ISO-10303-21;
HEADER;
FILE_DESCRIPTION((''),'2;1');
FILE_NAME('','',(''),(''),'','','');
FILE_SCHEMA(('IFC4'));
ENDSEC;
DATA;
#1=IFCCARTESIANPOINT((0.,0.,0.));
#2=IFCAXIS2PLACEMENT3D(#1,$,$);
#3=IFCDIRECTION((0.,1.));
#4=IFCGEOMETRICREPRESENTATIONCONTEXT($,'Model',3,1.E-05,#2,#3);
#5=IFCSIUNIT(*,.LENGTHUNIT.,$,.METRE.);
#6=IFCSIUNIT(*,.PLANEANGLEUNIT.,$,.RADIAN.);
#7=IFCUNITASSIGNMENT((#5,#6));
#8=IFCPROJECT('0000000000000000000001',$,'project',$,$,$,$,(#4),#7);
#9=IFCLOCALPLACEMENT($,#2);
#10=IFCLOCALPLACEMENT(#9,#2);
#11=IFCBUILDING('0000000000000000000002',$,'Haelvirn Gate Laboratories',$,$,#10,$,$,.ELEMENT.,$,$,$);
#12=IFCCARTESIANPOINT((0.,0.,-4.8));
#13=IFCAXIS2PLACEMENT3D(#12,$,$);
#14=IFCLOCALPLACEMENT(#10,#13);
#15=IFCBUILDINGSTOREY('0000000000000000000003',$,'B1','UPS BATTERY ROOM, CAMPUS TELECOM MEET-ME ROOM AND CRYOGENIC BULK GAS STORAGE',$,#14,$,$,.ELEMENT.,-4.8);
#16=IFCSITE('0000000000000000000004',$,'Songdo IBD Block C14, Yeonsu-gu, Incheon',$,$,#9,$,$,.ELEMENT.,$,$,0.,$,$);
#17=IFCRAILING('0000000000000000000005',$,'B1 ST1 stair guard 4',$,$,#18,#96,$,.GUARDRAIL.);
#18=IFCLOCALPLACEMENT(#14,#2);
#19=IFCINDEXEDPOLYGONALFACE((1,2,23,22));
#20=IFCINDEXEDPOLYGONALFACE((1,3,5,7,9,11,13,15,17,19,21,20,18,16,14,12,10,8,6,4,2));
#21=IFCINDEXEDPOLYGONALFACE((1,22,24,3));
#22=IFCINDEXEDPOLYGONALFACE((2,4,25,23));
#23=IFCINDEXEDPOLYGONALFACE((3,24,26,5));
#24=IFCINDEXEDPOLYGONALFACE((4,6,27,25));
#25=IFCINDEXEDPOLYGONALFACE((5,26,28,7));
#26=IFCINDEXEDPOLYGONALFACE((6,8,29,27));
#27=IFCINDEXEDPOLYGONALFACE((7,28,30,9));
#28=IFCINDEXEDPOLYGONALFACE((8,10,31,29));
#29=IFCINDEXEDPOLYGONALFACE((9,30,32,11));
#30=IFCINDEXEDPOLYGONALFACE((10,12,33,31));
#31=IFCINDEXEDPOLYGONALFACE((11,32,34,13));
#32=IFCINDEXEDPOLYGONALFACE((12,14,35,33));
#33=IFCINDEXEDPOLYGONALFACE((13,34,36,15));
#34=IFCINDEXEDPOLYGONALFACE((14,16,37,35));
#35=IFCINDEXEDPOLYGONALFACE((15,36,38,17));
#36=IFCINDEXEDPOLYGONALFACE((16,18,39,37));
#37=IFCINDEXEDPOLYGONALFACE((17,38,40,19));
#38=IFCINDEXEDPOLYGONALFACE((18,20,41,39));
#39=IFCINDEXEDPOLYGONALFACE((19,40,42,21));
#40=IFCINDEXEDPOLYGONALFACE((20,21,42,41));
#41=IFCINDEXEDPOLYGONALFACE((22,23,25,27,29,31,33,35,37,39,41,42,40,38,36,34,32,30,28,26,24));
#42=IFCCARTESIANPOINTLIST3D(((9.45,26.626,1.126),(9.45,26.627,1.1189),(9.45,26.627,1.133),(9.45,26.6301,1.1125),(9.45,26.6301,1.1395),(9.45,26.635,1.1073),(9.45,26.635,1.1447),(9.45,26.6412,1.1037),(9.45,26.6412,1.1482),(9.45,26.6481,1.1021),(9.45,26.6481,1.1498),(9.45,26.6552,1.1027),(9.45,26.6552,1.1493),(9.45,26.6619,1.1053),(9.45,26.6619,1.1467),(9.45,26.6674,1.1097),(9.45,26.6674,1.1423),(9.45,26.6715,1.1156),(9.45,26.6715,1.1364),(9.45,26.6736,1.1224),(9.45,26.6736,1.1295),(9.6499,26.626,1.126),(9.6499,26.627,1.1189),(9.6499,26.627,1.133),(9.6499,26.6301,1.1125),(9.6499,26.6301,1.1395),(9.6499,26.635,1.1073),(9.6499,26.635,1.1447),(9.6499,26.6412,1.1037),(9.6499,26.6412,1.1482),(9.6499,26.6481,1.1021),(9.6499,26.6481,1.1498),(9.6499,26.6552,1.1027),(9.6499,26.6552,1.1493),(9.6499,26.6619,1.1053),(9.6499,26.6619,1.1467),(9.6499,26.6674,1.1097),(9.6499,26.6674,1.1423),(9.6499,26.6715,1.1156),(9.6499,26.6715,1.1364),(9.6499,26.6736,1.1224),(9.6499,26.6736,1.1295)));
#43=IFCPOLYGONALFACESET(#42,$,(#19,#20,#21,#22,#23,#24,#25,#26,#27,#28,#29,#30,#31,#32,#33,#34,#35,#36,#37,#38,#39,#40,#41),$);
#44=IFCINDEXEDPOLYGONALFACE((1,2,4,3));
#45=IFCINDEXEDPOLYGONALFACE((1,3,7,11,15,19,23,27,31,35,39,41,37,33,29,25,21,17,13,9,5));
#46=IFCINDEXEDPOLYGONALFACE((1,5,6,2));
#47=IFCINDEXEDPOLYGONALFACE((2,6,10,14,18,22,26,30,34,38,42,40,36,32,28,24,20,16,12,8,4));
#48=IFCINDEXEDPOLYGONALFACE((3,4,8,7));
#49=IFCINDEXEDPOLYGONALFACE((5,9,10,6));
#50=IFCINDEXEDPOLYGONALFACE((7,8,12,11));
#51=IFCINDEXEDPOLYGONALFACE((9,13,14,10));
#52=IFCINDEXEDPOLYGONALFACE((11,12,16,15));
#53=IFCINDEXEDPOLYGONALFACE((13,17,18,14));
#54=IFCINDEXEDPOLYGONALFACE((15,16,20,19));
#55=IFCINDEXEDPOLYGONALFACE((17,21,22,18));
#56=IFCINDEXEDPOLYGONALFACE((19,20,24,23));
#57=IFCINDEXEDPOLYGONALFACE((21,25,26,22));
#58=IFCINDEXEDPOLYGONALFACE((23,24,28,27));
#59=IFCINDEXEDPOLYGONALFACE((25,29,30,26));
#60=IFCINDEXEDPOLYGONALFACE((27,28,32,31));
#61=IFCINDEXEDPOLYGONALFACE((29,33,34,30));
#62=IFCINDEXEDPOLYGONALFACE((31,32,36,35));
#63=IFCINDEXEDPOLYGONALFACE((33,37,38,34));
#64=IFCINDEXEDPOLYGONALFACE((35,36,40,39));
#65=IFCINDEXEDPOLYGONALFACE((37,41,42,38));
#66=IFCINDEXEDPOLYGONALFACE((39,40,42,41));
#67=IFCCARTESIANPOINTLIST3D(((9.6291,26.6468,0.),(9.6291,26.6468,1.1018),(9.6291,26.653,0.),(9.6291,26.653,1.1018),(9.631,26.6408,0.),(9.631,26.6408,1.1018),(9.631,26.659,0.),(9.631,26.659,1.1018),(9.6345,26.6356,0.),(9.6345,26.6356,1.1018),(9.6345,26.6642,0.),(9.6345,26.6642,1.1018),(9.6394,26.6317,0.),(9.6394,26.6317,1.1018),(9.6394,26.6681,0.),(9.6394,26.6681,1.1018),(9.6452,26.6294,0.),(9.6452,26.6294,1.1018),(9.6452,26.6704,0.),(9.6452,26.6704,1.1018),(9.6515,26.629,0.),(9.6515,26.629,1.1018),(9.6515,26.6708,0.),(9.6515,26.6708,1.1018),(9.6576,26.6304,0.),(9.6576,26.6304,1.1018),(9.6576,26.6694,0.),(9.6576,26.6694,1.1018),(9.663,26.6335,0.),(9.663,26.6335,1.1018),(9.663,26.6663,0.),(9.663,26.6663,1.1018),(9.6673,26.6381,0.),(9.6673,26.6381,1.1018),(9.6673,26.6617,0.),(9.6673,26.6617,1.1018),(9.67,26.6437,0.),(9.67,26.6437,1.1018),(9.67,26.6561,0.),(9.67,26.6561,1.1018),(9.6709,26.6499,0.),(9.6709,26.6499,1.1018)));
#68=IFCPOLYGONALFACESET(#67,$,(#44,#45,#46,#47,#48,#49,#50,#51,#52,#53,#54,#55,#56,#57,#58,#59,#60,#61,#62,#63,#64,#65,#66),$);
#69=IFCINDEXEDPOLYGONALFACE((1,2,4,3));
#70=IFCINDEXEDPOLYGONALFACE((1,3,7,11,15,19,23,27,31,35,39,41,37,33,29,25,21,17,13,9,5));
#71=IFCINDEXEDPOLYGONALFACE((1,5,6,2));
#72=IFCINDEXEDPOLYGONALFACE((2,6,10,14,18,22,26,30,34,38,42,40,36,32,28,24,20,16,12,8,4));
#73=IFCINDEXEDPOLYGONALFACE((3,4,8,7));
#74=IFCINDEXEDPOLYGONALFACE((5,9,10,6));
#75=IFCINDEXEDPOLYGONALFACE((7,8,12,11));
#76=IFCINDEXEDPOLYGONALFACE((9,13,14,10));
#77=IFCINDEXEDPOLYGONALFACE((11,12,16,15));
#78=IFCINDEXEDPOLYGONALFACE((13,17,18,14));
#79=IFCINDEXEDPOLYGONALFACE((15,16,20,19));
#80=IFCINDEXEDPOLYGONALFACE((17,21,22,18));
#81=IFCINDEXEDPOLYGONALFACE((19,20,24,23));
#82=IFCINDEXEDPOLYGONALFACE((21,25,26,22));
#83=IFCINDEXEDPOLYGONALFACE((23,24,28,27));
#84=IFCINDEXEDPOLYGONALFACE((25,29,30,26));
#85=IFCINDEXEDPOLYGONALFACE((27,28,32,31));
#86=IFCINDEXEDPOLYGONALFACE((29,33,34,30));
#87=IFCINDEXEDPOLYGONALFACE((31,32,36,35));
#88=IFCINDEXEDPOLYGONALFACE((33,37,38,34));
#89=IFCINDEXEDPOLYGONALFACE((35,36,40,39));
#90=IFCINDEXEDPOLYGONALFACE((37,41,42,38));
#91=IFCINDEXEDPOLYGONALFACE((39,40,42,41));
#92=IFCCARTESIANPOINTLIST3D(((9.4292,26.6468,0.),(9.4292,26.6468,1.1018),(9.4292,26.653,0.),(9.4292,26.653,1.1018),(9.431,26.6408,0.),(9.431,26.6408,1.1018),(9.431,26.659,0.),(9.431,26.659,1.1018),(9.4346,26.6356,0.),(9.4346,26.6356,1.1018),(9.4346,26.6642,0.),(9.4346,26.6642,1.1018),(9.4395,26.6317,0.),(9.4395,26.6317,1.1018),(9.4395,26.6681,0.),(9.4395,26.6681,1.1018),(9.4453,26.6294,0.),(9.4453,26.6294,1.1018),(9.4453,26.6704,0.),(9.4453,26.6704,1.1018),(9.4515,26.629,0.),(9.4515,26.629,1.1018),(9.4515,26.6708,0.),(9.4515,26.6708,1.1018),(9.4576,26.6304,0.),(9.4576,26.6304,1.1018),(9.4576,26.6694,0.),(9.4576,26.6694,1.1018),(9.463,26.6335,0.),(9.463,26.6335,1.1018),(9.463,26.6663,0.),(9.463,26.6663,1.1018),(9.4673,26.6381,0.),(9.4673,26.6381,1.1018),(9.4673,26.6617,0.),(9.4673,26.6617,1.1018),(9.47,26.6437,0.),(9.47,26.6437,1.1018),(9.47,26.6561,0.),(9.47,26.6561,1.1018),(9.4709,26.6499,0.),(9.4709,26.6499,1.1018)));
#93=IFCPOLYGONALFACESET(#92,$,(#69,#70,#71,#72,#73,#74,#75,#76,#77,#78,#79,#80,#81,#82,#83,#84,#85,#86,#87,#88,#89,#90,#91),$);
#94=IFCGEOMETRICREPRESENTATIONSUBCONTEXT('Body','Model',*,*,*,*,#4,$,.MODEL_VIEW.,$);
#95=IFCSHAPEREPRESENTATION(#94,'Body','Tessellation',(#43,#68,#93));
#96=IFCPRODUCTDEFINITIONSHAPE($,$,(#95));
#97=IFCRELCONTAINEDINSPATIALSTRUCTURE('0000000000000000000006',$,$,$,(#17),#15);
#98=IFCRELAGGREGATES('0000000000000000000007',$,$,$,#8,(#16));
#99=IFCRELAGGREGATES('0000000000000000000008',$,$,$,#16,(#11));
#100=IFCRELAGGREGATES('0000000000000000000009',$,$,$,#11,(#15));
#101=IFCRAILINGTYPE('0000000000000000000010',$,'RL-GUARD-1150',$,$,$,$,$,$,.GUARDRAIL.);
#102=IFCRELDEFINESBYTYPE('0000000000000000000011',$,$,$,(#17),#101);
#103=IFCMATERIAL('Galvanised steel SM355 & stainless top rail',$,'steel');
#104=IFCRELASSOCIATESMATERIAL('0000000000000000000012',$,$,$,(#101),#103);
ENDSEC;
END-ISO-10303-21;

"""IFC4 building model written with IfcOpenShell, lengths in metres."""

from ifc_helpers import new_model, si_unit, direction, frame, origin, origin_2d, place, context, subcontext, project, spatial, circle, extrude, source, transform, mapped, material, type_object, element, save


model = new_model("IFC4")

# Units and contexts
model_context = context("Model", 3, precision=1e-05, world=origin(), true_north=direction((0.0, 1.0)))
body_context = subcontext(model_context, "Body", "Model", "MODEL_VIEW")
ifc_project = project(units=[si_unit("LENGTHUNIT", "METRE"), si_unit("PLANEANGLEUNIT", "RADIAN")], contexts=[model_context])

# Site, building, storey
site_placement = place(None, origin())
site = spatial("IfcSite", under=ifc_project, at=site_placement, Name="Songdo IBD Block C14, Yeonsu-gu, Incheon", CompositionType="ELEMENT", RefElevation=0.0)
building_placement = place(site_placement, origin())
building = spatial("IfcBuilding", under=site, at=building_placement, Name="Haelvirn Gate Laboratories", CompositionType="ELEMENT")
storey_placement = place(building_placement, frame((0.0, 0.0, -4.8)))
storey = spatial("IfcBuildingStorey", under=building, at=storey_placement, Name="B1", Description="UPS BATTERY ROOM, CAMPUS TELECOM MEET-ME ROOM AND CRYOGENIC BULK GAS STORAGE", CompositionType="ELEMENT", Elevation=-4.8)

# Railing
ifc_material_1 = material(Name="Galvanised steel SM355 & stainless top rail", Category="steel")
railing_type_1 = type_object("IfcRailingType", Name="RL-GUARD-1150", PredefinedType="GUARDRAIL", material=ifc_material_1)
shared_shape_1 = source(origin(), body_context, "Body", "SweptSolid", [
    extrude(circle(Radius=0.0239, at=origin_2d()), frame((0.0, 0.0, 1.126), z_axis=(-1.0, 0.0, 0.0), x_axis=(0.0, -1.0, 0.0)), (0.0, 0.0, 1.0), 0.2),
    extrude(circle(Radius=0.021, at=origin_2d()), origin(), (0.0, 0.0, 1.0), 1.1018),
    extrude(circle(Radius=0.021, at=origin_2d()), frame((-0.2, 0.0, 0.0)), (0.0, 0.0, 1.0), 1.1018),
])
for number, where, name in (
    (1, (9.6499, 26.6499, 0.0), "B1 ST1 stair guard 4"),
):
    element("IfcRailing", number, at=place(storey_placement, frame(where)), inside=storey, type_object=railing_type_1, Name=name, PredefinedType="GUARDRAIL", context=body_context, shape_type="MappedRepresentation", body=[
        mapped(shared_shape_1, transform((0.0, 0.0, 0.0), scale=1.0)),
    ])

save(model, "model.ifc")
